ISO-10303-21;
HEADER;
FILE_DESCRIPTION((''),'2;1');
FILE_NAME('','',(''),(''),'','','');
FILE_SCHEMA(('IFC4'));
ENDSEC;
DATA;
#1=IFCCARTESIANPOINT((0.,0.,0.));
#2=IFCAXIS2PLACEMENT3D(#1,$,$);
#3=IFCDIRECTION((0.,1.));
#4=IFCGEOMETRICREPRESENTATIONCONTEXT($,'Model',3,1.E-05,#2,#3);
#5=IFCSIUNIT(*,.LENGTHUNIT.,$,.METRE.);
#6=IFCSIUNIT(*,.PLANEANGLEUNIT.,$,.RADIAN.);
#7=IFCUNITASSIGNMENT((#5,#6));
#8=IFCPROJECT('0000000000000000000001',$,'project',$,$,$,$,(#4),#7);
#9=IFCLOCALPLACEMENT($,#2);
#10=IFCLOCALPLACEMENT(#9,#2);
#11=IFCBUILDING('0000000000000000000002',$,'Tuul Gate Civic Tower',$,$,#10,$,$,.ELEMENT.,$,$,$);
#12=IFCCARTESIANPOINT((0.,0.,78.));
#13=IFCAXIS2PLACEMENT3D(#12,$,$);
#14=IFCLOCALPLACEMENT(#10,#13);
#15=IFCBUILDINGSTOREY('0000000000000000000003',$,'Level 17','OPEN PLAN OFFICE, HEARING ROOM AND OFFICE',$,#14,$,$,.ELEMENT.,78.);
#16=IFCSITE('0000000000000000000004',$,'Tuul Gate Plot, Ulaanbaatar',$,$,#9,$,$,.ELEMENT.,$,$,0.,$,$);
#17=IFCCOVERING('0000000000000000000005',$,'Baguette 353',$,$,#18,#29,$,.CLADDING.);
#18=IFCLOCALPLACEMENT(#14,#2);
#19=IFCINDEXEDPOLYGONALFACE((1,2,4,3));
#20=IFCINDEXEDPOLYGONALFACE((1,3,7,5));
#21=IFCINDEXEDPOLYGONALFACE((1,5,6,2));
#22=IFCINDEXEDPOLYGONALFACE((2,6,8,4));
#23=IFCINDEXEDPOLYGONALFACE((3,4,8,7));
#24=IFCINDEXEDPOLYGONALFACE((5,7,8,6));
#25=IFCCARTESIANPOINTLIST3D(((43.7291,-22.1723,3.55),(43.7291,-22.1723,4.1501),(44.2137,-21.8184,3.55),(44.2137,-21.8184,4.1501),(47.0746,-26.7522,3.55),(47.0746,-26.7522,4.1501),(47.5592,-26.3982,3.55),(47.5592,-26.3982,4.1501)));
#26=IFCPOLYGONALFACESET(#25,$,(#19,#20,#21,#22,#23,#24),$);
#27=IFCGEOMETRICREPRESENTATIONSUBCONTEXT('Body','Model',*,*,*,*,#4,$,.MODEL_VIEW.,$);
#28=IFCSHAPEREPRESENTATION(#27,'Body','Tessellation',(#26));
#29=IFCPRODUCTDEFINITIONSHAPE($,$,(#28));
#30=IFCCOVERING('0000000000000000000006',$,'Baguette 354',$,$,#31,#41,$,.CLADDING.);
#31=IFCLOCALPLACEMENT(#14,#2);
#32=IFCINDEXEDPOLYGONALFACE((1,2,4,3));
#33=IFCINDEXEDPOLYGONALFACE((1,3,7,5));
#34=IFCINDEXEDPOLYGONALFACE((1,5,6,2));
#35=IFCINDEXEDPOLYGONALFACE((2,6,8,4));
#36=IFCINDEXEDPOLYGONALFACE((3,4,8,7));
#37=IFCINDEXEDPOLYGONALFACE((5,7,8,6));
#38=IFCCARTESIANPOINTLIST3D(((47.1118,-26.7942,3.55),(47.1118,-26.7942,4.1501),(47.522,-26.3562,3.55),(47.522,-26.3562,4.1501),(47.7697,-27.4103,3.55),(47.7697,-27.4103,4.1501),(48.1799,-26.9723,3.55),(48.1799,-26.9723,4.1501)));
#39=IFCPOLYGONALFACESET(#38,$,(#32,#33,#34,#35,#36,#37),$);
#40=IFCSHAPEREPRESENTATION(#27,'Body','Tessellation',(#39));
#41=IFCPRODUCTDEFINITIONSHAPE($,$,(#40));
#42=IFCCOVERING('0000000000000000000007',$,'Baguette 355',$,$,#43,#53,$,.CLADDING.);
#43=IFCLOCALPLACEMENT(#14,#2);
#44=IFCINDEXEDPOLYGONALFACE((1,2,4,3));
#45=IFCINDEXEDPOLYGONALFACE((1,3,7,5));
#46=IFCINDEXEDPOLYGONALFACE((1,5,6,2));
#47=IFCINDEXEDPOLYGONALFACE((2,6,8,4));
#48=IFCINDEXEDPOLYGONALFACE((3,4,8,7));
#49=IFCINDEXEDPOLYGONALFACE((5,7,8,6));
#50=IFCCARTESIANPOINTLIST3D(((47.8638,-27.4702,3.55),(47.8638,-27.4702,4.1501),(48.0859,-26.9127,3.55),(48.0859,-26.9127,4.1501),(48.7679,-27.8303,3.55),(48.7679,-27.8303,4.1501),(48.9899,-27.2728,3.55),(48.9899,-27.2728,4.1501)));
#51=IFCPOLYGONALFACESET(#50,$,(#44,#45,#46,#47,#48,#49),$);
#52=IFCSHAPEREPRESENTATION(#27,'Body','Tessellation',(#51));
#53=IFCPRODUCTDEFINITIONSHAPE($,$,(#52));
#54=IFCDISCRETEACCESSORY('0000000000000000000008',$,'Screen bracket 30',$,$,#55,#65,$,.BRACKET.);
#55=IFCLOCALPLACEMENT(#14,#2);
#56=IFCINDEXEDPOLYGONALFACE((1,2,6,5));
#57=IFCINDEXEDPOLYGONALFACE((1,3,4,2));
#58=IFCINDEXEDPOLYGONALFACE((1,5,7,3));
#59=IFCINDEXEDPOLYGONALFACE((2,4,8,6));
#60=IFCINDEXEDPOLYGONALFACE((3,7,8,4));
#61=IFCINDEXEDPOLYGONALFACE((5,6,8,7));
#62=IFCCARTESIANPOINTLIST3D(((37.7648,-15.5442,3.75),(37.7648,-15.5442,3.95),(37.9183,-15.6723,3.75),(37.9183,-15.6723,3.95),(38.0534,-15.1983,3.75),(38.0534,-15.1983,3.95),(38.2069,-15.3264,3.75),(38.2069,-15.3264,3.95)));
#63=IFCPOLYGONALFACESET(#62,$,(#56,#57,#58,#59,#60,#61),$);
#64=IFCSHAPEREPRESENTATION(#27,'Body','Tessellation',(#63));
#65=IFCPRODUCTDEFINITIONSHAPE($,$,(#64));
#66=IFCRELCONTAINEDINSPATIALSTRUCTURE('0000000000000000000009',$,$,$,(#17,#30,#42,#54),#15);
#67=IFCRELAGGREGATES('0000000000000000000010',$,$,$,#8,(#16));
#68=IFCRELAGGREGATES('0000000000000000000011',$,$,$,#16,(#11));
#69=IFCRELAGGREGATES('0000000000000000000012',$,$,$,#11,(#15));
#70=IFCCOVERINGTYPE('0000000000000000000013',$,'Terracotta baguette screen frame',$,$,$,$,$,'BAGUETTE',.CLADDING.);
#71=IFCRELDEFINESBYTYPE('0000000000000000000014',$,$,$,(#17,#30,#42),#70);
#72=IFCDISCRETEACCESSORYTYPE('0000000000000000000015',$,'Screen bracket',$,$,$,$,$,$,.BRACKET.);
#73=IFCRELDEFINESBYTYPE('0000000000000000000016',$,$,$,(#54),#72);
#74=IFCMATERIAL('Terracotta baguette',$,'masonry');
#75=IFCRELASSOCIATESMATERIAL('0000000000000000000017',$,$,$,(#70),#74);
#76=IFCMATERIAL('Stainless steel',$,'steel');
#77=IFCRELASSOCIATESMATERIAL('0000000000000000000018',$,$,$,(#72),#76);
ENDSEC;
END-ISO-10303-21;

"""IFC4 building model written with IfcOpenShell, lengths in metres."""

from ifc_helpers import new_model, si_unit, direction, frame, origin, origin_2d, place, context, subcontext, project, spatial, rectangle, extrude, material, material_profile, profile_set, type_object, element, save


model = new_model("IFC4")

# Units and contexts
model_context = context("Model", 3, precision=1e-05, world=origin(), true_north=direction((0.0, 1.0)))
body_context = subcontext(model_context, "Body", "Model", "MODEL_VIEW")
ifc_project = project(units=[si_unit("LENGTHUNIT", "METRE"), si_unit("PLANEANGLEUNIT", "RADIAN")], contexts=[model_context])

# Site, building, storey
site_placement = place(None, origin())
site = spatial("IfcSite", under=ifc_project, at=site_placement, Name="Tuul Gate Plot, Ulaanbaatar", CompositionType="ELEMENT", RefElevation=0.0)
building_placement = place(site_placement, origin())
building = spatial("IfcBuilding", under=site, at=building_placement, Name="Tuul Gate Civic Tower", CompositionType="ELEMENT")
storey_placement = place(building_placement, frame((0.0, 0.0, 78.0)))
storey = spatial("IfcBuildingStorey", under=building, at=storey_placement, Name="Level 17", Description="OPEN PLAN OFFICE, HEARING ROOM AND OFFICE", CompositionType="ELEMENT", Elevation=78.0)

# Coverings
ifc_material_1 = material(Name="Terracotta baguette", Category="masonry")
ifc_material_profile_1 = material_profile(ifc_material_1, rectangle(XDim=0.6001, YDim=0.6001, at=origin_2d()), Name="Terracotta baguette screen frame")
ifc_profile_set_1 = profile_set([ifc_material_profile_1], Name="Terracotta baguette")
covering_type = type_object("IfcCoveringType", Name="Terracotta baguette screen frame", ElementType="BAGUETTE", PredefinedType="CLADDING", material=ifc_profile_set_1)
covering_1_placement = place(storey_placement, frame((43.9714, -21.9954, 3.8501), z_axis=(0.589862, -0.807504, 0.0), x_axis=(0.807504, 0.589862, 0.0)))
element("IfcCovering", 1, at=covering_1_placement, inside=storey, type_object=covering_type, Name="Baguette 353", PredefinedType="CLADDING", context=body_context, shape_type="SweptSolid", body=[
    extrude(rectangle(XDim=0.6001, YDim=0.6001, at=origin_2d()), origin(), (0.0, 0.0, 1.0), 5.6716),
])
covering_2_placement = place(storey_placement, frame((47.3169, -26.5752, 3.8501), z_axis=(0.729883, -0.683572, 0.0), x_axis=(0.683572, 0.729883, 0.0)))
element("IfcCovering", 2, at=covering_2_placement, inside=storey, type_object=covering_type, Name="Baguette 354", PredefinedType="CLADDING", context=body_context, shape_type="SweptSolid", body=[
    extrude(rectangle(XDim=0.6001, YDim=0.6001, at=origin_2d()), origin(), (0.0, 0.0, 1.0), 0.9014),
])
covering_3_placement = place(storey_placement, frame((47.9749, -27.1914, 3.8501), z_axis=(0.929012, -0.370049, 0.0), x_axis=(0.370049, 0.929012, 0.0)))
element("IfcCovering", 3, at=covering_3_placement, inside=storey, type_object=covering_type, Name="Baguette 355", PredefinedType="CLADDING", context=body_context, shape_type="SweptSolid", body=[
    extrude(rectangle(XDim=0.6001, YDim=0.6001, at=origin_2d()), origin(), (0.0, 0.0, 1.0), 0.9731),
])

# Discrete accessory
ifc_material_2 = material(Name="Stainless steel", Category="steel")
discrete_accessory_type = type_object("IfcDiscreteAccessoryType", Name="Screen bracket", PredefinedType="BRACKET", material=ifc_material_2)
discrete_accessory_placement = place(storey_placement, frame((37.9858, -15.4353, 3.75), z_axis=(0.0, 0.0, 1.0), x_axis=(-0.640721, -0.767774, 0.0)))
element("IfcDiscreteAccessory", 4, at=discrete_accessory_placement, inside=storey, type_object=discrete_accessory_type, Name="Screen bracket 30", PredefinedType="BRACKET", context=body_context, shape_type="SweptSolid", body=[
    extrude(rectangle(XDim=0.4504, YDim=0.2, at=origin_2d()), origin(), (0.0, 0.0, 1.0), 0.2),
])

save(model, "model.ifc")
